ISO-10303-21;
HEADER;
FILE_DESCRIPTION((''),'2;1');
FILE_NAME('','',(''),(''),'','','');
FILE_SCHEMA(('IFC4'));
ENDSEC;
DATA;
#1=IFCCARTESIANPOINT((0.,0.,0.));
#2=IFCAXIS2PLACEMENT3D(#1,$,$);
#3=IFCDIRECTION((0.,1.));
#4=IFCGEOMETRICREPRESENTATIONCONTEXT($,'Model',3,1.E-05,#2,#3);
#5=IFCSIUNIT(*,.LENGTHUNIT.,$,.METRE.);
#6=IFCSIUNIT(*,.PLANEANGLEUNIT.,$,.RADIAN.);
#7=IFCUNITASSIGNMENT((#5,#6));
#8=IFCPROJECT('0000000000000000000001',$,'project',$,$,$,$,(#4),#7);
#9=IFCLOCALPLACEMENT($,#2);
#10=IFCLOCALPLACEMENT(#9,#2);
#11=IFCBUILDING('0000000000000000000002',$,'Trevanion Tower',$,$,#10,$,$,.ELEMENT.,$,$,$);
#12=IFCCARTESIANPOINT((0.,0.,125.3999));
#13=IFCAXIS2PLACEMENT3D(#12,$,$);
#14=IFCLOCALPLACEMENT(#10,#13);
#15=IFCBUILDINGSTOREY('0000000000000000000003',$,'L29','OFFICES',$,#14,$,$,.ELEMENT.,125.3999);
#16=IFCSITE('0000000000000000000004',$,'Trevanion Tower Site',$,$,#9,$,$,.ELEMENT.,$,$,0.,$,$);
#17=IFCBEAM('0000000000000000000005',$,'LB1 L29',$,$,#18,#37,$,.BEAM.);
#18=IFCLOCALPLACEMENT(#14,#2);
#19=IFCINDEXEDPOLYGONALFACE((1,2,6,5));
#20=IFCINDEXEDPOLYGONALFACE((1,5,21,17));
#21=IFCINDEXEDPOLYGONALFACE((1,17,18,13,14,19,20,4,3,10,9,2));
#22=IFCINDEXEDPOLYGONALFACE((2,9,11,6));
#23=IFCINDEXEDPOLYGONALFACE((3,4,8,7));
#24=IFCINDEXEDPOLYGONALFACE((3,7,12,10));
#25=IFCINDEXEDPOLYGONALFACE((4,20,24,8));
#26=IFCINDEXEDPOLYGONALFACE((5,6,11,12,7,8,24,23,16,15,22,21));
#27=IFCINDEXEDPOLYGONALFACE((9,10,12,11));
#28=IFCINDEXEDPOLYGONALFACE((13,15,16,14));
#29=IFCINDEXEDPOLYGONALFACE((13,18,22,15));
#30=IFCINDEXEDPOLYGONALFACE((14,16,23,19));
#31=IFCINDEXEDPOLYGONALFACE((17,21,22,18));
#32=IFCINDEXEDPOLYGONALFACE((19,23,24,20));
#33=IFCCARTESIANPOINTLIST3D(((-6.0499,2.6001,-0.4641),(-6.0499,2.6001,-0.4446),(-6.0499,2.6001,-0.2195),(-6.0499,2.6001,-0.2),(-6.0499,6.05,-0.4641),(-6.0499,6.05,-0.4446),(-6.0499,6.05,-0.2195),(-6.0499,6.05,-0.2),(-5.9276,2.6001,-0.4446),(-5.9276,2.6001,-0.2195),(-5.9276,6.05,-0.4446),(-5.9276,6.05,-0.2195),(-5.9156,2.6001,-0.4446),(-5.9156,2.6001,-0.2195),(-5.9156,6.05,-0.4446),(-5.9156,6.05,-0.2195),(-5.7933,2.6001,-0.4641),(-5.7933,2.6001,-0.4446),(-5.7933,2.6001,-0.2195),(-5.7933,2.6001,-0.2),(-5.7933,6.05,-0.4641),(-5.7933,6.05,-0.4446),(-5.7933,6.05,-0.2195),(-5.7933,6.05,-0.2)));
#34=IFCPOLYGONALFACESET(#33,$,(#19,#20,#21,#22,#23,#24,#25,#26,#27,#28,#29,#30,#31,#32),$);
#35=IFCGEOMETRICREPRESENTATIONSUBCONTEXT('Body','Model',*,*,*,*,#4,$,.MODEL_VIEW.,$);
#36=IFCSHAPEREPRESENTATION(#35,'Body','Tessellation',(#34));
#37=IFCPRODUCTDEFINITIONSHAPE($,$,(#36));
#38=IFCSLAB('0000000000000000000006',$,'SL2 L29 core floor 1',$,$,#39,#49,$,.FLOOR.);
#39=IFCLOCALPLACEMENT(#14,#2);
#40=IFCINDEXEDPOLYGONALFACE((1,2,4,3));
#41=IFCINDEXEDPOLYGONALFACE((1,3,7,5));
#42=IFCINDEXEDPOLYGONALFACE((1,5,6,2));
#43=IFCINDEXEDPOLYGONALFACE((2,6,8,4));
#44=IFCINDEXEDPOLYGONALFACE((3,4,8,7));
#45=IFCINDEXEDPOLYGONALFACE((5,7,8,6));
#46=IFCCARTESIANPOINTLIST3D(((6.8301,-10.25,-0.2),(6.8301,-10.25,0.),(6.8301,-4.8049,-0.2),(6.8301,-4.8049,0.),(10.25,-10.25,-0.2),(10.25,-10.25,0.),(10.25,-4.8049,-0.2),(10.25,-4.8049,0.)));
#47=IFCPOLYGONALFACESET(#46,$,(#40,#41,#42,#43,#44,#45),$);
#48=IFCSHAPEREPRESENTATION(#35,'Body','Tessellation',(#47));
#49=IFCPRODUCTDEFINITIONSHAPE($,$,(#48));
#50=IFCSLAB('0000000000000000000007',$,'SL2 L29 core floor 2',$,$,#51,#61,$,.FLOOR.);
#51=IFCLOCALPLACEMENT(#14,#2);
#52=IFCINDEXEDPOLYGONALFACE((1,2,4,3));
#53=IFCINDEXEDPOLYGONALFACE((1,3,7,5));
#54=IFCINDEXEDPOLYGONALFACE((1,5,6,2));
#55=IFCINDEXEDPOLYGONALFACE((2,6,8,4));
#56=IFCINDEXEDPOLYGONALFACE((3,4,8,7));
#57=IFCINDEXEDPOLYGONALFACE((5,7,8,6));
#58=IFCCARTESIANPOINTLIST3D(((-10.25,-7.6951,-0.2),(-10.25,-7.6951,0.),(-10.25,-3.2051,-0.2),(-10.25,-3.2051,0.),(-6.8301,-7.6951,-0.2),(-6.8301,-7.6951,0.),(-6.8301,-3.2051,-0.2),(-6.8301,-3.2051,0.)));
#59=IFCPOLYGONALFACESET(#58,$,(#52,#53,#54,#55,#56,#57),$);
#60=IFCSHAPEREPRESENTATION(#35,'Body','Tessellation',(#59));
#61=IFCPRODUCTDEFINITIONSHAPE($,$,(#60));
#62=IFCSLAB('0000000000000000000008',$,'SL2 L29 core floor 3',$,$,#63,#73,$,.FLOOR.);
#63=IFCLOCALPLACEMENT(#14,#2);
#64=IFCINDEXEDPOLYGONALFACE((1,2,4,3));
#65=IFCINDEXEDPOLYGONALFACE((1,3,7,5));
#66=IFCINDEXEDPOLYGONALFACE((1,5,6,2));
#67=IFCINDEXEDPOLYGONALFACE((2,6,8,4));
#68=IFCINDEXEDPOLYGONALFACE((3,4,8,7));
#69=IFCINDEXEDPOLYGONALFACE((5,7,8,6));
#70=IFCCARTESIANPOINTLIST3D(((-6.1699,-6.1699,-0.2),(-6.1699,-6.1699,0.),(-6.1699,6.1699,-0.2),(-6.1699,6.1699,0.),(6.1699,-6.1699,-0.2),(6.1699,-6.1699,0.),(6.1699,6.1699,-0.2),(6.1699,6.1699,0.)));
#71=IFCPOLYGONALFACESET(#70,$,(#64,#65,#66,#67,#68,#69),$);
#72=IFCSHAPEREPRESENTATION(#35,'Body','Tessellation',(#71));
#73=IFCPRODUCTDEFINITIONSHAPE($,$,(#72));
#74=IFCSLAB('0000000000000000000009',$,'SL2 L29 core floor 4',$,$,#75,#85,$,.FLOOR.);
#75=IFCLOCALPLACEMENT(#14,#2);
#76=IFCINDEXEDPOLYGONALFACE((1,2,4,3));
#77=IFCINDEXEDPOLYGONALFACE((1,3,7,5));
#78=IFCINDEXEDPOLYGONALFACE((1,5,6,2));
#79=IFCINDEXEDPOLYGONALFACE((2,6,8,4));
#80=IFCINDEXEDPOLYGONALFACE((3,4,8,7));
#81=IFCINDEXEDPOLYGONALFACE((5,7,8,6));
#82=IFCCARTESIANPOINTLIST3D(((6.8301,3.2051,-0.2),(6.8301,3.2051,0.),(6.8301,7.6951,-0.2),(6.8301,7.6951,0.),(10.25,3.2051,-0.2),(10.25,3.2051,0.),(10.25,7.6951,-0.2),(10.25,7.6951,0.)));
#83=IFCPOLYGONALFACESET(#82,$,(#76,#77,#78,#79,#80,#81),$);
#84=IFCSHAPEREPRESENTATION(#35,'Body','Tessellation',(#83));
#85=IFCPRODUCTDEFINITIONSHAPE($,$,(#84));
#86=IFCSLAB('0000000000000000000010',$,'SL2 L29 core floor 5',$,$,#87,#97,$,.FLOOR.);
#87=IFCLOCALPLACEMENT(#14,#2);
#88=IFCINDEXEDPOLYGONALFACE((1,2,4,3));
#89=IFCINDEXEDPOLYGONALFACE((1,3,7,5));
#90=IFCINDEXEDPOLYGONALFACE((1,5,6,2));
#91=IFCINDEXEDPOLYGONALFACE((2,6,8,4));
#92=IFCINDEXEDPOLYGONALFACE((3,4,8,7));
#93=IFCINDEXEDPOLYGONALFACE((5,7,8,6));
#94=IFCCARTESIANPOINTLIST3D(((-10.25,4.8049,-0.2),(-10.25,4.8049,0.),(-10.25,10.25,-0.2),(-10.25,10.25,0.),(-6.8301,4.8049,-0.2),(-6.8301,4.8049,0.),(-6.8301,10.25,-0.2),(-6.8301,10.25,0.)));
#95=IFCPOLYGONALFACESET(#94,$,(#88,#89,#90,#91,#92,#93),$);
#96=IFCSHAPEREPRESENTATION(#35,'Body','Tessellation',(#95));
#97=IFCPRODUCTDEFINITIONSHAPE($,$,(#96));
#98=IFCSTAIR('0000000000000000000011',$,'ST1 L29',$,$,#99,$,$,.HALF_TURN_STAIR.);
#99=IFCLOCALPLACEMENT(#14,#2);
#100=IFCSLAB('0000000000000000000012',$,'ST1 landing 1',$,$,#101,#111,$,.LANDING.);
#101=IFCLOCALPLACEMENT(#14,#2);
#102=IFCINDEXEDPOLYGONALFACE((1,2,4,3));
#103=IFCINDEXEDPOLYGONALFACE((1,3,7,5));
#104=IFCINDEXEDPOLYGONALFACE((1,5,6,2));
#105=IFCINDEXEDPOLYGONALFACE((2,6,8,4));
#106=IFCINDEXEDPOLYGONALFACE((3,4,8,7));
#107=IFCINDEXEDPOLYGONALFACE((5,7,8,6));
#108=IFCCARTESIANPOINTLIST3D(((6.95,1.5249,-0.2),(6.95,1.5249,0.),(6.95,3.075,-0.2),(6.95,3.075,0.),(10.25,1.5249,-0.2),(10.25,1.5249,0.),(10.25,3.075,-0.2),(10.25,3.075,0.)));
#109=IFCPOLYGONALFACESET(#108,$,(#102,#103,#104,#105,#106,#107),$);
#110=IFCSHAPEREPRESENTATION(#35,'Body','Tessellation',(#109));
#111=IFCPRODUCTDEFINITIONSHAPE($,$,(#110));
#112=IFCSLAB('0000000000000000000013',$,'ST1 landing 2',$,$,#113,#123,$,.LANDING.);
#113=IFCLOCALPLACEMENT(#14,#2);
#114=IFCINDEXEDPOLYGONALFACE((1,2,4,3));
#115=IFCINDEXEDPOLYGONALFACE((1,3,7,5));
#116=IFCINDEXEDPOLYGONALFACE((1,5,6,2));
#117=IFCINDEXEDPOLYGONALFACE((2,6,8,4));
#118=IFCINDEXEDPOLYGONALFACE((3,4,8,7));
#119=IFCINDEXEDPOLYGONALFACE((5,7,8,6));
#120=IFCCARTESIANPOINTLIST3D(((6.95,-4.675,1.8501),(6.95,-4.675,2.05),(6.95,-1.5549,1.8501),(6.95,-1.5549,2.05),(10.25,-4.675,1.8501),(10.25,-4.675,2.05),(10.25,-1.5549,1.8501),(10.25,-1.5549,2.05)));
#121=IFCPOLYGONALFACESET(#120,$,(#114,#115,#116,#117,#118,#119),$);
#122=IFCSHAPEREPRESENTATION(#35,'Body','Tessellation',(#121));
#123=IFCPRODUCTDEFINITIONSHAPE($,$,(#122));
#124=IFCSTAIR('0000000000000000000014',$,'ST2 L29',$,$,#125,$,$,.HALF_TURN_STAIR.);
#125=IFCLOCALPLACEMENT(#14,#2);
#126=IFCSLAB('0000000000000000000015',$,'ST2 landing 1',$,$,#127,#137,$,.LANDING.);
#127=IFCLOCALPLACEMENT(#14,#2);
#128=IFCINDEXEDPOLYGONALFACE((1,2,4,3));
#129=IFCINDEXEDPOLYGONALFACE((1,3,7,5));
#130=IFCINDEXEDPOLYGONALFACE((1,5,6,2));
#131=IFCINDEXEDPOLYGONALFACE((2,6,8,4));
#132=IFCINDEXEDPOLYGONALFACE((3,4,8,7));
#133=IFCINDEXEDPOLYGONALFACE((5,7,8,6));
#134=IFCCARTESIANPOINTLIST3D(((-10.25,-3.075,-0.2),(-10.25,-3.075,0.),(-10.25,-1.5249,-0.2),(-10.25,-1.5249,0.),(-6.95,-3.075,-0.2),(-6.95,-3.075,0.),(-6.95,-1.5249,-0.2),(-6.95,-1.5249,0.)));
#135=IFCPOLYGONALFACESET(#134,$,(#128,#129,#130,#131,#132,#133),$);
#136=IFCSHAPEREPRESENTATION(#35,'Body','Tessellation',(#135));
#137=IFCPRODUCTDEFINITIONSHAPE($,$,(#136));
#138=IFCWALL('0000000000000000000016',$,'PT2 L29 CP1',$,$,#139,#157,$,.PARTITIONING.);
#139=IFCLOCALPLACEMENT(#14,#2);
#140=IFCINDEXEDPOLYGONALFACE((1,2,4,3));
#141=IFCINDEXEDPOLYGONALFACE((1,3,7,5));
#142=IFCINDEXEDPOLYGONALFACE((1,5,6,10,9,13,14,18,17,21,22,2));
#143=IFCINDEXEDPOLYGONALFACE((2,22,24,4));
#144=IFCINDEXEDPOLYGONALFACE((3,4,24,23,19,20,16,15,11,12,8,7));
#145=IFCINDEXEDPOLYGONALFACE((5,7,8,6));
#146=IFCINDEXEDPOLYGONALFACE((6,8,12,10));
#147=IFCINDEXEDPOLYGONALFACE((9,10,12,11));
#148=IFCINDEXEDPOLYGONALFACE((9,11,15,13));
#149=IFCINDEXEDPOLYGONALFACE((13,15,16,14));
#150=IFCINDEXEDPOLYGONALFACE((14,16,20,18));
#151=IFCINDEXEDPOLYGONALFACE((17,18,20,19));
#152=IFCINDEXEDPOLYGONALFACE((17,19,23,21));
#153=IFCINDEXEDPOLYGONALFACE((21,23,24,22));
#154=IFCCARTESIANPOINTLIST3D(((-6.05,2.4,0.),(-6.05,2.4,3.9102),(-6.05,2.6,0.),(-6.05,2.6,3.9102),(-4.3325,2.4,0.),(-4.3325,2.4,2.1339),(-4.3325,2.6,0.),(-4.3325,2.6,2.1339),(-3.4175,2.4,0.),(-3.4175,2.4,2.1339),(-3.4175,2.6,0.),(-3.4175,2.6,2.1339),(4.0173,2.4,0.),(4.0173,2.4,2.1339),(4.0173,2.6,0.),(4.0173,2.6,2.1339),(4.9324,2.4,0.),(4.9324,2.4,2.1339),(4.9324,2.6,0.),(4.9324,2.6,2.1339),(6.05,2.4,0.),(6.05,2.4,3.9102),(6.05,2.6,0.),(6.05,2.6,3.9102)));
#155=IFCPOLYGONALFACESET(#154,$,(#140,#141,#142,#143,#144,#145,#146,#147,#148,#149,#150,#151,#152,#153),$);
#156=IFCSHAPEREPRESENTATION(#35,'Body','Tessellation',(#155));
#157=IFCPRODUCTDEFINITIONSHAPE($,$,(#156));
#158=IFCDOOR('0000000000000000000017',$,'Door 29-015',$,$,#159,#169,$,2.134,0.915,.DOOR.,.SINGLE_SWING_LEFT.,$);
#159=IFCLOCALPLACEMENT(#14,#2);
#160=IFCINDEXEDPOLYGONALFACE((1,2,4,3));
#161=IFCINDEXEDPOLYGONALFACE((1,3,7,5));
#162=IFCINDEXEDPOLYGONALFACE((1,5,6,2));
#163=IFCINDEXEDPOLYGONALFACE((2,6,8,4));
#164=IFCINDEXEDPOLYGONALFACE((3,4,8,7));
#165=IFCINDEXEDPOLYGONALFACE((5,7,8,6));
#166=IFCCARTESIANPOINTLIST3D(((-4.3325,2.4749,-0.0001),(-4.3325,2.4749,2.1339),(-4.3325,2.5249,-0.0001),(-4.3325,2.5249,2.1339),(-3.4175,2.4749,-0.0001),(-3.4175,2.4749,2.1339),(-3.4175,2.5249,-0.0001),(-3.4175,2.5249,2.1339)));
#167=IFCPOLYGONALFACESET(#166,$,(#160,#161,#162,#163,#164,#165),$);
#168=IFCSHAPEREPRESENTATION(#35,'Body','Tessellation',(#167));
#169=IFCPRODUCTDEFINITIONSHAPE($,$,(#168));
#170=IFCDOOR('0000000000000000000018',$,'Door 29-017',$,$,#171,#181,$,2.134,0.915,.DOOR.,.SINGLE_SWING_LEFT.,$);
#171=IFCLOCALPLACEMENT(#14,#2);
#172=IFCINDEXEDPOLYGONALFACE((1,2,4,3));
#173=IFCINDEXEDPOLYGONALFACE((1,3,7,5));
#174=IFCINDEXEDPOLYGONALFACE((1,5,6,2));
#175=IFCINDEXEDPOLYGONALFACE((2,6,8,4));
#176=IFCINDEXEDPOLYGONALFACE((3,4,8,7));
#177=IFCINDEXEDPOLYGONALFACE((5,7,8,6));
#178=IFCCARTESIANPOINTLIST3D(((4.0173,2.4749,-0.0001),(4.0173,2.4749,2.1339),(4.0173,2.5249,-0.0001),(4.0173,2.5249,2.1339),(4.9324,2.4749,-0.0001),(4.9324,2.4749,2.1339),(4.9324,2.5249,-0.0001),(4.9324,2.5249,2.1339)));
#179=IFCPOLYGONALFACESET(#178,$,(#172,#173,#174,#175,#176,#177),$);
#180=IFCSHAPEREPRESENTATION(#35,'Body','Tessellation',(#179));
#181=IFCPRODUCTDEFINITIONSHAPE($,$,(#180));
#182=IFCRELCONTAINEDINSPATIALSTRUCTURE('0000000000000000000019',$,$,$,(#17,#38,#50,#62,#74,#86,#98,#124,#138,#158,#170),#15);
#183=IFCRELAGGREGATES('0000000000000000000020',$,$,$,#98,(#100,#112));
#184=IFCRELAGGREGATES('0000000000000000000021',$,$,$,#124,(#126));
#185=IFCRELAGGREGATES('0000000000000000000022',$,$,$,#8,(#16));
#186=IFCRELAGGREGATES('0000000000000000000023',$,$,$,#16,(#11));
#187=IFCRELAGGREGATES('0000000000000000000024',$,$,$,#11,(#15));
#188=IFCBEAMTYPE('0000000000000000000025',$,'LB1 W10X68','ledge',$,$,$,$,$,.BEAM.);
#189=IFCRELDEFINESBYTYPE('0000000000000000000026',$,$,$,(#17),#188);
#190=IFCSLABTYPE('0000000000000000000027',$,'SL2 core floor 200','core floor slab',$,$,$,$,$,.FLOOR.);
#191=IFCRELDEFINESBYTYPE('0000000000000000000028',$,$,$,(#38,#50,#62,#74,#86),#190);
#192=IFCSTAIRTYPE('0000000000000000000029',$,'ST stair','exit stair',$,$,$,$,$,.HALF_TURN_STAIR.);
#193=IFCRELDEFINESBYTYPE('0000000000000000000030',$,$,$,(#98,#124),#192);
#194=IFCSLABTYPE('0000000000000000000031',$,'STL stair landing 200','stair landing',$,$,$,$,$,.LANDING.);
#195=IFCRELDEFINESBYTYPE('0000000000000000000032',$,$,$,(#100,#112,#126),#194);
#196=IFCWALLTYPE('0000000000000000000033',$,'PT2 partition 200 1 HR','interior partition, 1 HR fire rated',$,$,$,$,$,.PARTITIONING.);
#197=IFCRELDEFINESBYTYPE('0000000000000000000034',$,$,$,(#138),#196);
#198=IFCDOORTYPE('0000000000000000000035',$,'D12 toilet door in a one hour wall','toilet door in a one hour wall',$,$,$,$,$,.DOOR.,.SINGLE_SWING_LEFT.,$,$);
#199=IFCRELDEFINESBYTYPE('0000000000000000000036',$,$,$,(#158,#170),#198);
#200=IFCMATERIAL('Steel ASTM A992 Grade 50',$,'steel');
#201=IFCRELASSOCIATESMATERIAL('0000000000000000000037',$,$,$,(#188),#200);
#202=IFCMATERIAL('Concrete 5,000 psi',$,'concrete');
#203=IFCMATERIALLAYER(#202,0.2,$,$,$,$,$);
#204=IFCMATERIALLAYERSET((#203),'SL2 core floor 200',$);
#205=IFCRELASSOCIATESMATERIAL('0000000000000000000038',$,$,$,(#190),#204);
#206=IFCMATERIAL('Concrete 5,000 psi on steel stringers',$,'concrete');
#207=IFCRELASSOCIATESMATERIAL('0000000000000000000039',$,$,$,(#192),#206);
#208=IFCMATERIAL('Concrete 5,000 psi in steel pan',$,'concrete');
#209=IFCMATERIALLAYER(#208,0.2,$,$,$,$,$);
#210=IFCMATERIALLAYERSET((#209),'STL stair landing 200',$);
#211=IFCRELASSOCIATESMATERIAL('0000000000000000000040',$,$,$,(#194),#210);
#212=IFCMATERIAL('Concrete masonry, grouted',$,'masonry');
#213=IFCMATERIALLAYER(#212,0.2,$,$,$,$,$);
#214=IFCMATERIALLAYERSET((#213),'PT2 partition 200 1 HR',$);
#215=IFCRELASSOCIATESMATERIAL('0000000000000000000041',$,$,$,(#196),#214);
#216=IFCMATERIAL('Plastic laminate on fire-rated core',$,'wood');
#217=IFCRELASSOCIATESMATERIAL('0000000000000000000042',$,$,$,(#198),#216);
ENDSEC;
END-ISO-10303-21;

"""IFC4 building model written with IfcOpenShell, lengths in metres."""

from ifc_helpers import new_model, si_unit, direction, frame, frame_2d, origin, origin_2d, place, context, subcontext, project, spatial, polyline, rectangle, i_section, outline, extrude, material, layer, layer_set, material_profile, profile_set, type_object, element, fill, aggregate, save


model = new_model("IFC4")

# Units and contexts
model_context = context("Model", 3, precision=1e-05, world=origin(), true_north=direction((0.0, 1.0)))
body_context = subcontext(model_context, "Body", "Model", "MODEL_VIEW")
ifc_project = project(units=[si_unit("LENGTHUNIT", "METRE"), si_unit("PLANEANGLEUNIT", "RADIAN")], contexts=[model_context])

# Site, building, storey
site_placement = place(None, origin())
site = spatial("IfcSite", under=ifc_project, at=site_placement, Name="Trevanion Tower Site", CompositionType="ELEMENT", RefElevation=0.0)
building_placement = place(site_placement, origin())
building = spatial("IfcBuilding", under=site, at=building_placement, Name="Trevanion Tower", CompositionType="ELEMENT")
storey_placement = place(building_placement, frame((0.0, 0.0, 125.3999)))
storey = spatial("IfcBuildingStorey", under=building, at=storey_placement, Name="L29", Description="OFFICES", CompositionType="ELEMENT", Elevation=125.3999)

# Beam
ifc_material_1 = material(Name="Steel ASTM A992 Grade 50", Category="steel")
ifc_material_profile = material_profile(ifc_material_1, i_section(OverallWidth=0.2566, OverallDepth=0.2642, WebThickness=0.012, FlangeThickness=0.0195, at=origin_2d()), Name="W10X68")
ifc_profile_set = profile_set([ifc_material_profile], Name="Steel ASTM A992 Grade 50")
beam_type = type_object("IfcBeamType", Name="LB1 W10X68", Description="ledge", PredefinedType="BEAM", material=ifc_profile_set)
beam_placement = place(storey_placement, frame((-5.9216, 2.6001, -0.332), z_axis=(0.0, 1.0, 0.0), x_axis=(-1.0, 0.0, 0.0)))
element("IfcBeam", 1, at=beam_placement, inside=storey, type_object=beam_type, Name="LB1 L29", PredefinedType="BEAM", context=body_context, shape_type="SweptSolid", body=[
    extrude(i_section(OverallWidth=0.2566, OverallDepth=0.2642, WebThickness=0.012, FlangeThickness=0.0195, at=origin_2d()), origin(), (0.0, 0.0, 1.0), 3.45),
])

# Slabs
ifc_material_2 = material(Name="Concrete 5,000 psi", Category="concrete")
ifc_layer_1 = layer(ifc_material_2, 0.2)
ifc_layer_set_1 = layer_set([ifc_layer_1], Name="SL2 core floor 200")
slab_type_1 = type_object("IfcSlabType", Name="SL2 core floor 200", Description="core floor slab", PredefinedType="FLOOR", material=ifc_layer_set_1)
slab_1_placement = place(storey_placement, frame((0.0, 0.0, -0.2)))
element("IfcSlab", 2, at=slab_1_placement, inside=storey, type_object=slab_type_1, Name="SL2 L29 core floor 1", PredefinedType="FLOOR", context=body_context, shape_type="SweptSolid", body=[
    extrude(outline(polyline([(10.25, -4.8049), (10.25, -10.25), (6.8301, -10.25), (6.8301, -4.8049), (10.25, -4.8049)])), origin(), (0.0, 0.0, 1.0), 0.2),
])
slab_2_placement = place(storey_placement, frame((0.0, 0.0, -0.2)))
element("IfcSlab", 3, at=slab_2_placement, inside=storey, type_object=slab_type_1, Name="SL2 L29 core floor 2", PredefinedType="FLOOR", context=body_context, shape_type="SweptSolid", body=[
    extrude(outline(polyline([(-6.8301, -3.2051), (-6.8301, -7.6951), (-10.25, -7.6951), (-10.25, -3.2051), (-6.8301, -3.2051)])), origin(), (0.0, 0.0, 1.0), 0.2),
])
slab_3_placement = place(storey_placement, frame((0.0, 0.0, -0.2)))
element("IfcSlab", 4, at=slab_3_placement, inside=storey, type_object=slab_type_1, Name="SL2 L29 core floor 3", PredefinedType="FLOOR", context=body_context, shape_type="SweptSolid", body=[
    extrude(outline(polyline([(6.1699, -6.1699), (-6.1699, -6.1699), (-6.1699, 6.1699), (6.1699, 6.1699), (6.1699, -6.1699)])), origin(), (0.0, 0.0, 1.0), 0.2),
])
slab_4_placement = place(storey_placement, frame((0.0, 0.0, -0.2)))
element("IfcSlab", 5, at=slab_4_placement, inside=storey, type_object=slab_type_1, Name="SL2 L29 core floor 4", PredefinedType="FLOOR", context=body_context, shape_type="SweptSolid", body=[
    extrude(outline(polyline([(6.8301, 3.2051), (6.8301, 7.6951), (10.25, 7.6951), (10.25, 3.2051), (6.8301, 3.2051)])), origin(), (0.0, 0.0, 1.0), 0.2),
])
slab_5_placement = place(storey_placement, frame((0.0, 0.0, -0.2)))
element("IfcSlab", 6, at=slab_5_placement, inside=storey, type_object=slab_type_1, Name="SL2 L29 core floor 5", PredefinedType="FLOOR", context=body_context, shape_type="SweptSolid", body=[
    extrude(outline(polyline([(-6.8301, 4.8049), (-10.25, 4.8049), (-10.25, 10.25), (-6.8301, 10.25), (-6.8301, 4.8049)])), origin(), (0.0, 0.0, 1.0), 0.2),
])

# Stair, slabs
ifc_material_3 = material(Name="Concrete 5,000 psi on steel stringers", Category="concrete")
stair_type = type_object("IfcStairType", Name="ST stair", Description="exit stair", PredefinedType="HALF_TURN_STAIR", material=ifc_material_3)
stair_1_placement = place(storey_placement, origin())
stair_1 = element("IfcStair", 7, at=stair_1_placement, inside=storey, type_object=stair_type, Name="ST1 L29", PredefinedType="HALF_TURN_STAIR")
ifc_material_4 = material(Name="Concrete 5,000 psi in steel pan", Category="concrete")
ifc_layer_2 = layer(ifc_material_4, 0.2)
ifc_layer_set_2 = layer_set([ifc_layer_2], Name="STL stair landing 200")
slab_type_2 = type_object("IfcSlabType", Name="STL stair landing 200", Description="stair landing", PredefinedType="LANDING", material=ifc_layer_set_2)
slab_6_placement = place(storey_placement, frame((0.0, 0.0, -0.2)))
slab_6 = element("IfcSlab", 8, at=slab_6_placement, type_object=slab_type_2, Name="ST1 landing 1", PredefinedType="LANDING", context=body_context, shape_type="SweptSolid", body=[
    extrude(outline(polyline([(6.95, 1.5249), (10.25, 1.5249), (10.25, 3.075), (6.95, 3.075), (6.95, 1.5249)])), origin(), (0.0, 0.0, 1.0), 0.2),
])
slab_7_placement = place(storey_placement, frame((0.0, 0.0, 1.8501)))
slab_7 = element("IfcSlab", 9, at=slab_7_placement, type_object=slab_type_2, Name="ST1 landing 2", PredefinedType="LANDING", context=body_context, shape_type="SweptSolid", body=[
    extrude(outline(polyline([(6.95, -4.675), (10.25, -4.675), (10.25, -1.5549), (6.95, -1.5549), (6.95, -4.675)])), origin(), (0.0, 0.0, 1.0), 0.2),
])
aggregate(stair_1, [slab_6, slab_7])

# Stair, slab
stair_2_placement = place(storey_placement, origin())
stair_2 = element("IfcStair", 10, at=stair_2_placement, inside=storey, type_object=stair_type, Name="ST2 L29", PredefinedType="HALF_TURN_STAIR")
slab_8_placement = place(storey_placement, frame((0.0, 0.0, -0.2)))
slab_8 = element("IfcSlab", 11, at=slab_8_placement, type_object=slab_type_2, Name="ST2 landing 1", PredefinedType="LANDING", context=body_context, shape_type="SweptSolid", body=[
    extrude(outline(polyline([(-6.95, -1.5249), (-10.25, -1.5249), (-10.25, -3.075), (-6.95, -3.075), (-6.95, -1.5249)])), origin(), (0.0, 0.0, 1.0), 0.2),
])

# Wall, openings, doors
ifc_material_5 = material(Name="Concrete masonry, grouted", Category="masonry")
ifc_layer_3 = layer(ifc_material_5, 0.2)
ifc_layer_set_3 = layer_set([ifc_layer_3], Name="PT2 partition 200 1 HR")
wall_type = type_object("IfcWallType", Name="PT2 partition 200 1 HR", Description="interior partition, 1 HR fire rated", PredefinedType="PARTITIONING", material=ifc_layer_set_3)
wall_placement = place(storey_placement, frame((-6.05, 2.5, 0.0), z_axis=(0.0, 0.0, 1.0), x_axis=(1.0, 0.0, 0.0)))
wall = element("IfcWall", 12, at=wall_placement, inside=storey, type_object=wall_type, Name="PT2 L29 CP1", PredefinedType="PARTITIONING", context=body_context, shape_type="SweptSolid", body=[
    extrude(rectangle(XDim=12.1001, YDim=0.2, at=frame_2d((6.05, 0.0))), origin(), (0.0, 0.0, 1.0), 3.9102),
])
opening_1_placement = place(wall_placement, frame((1.7175, 0.0, 0.0)))
opening_1 = element("IfcOpeningElement", 13, at=opening_1_placement, cuts=wall, PredefinedType="OPENING", context=body_context, shape_type="SweptSolid", body=[
    extrude(rectangle(XDim=0.915, YDim=2.134, at=frame_2d((0.4575, 1.0669))), frame((0.0, 0.1099, 0.0), z_axis=(0.0, -1.0, 0.0), x_axis=(1.0, 0.0, 0.0)), (0.0, 0.0, 1.0), 0.22),
])
opening_2_placement = place(wall_placement, frame((10.0674, 0.0, 0.0)))
opening_2 = element("IfcOpeningElement", 14, at=opening_2_placement, cuts=wall, PredefinedType="OPENING", context=body_context, shape_type="SweptSolid", body=[
    extrude(rectangle(XDim=0.915, YDim=2.134, at=frame_2d((0.4575, 1.0669))), frame((0.0, 0.1099, 0.0), z_axis=(0.0, -1.0, 0.0), x_axis=(1.0, 0.0, 0.0)), (0.0, 0.0, 1.0), 0.22),
])
ifc_material_6 = material(Name="Plastic laminate on fire-rated core", Category="wood")
door_type = type_object("IfcDoorType", Name="D12 toilet door in a one hour wall", Description="toilet door in a one hour wall", OperationType="SINGLE_SWING_LEFT", PredefinedType="DOOR", material=ifc_material_6)
door_1_placement = place(opening_1_placement, origin())
door_1 = element("IfcDoor", 15, at=door_1_placement, inside=storey, type_object=door_type, Name="Door 29-015", OperationType="SINGLE_SWING_LEFT", OverallHeight=2.134, OverallWidth=0.915, PredefinedType="DOOR", context=body_context, shape_type="SweptSolid", body=[
    extrude(rectangle(XDim=0.915, YDim=2.134, at=frame_2d((0.4575, 1.0669))), frame((0.0, 0.0249, 0.0), z_axis=(0.0, -1.0, 0.0), x_axis=(1.0, 0.0, 0.0)), (0.0, 0.0, 1.0), 0.05),
])
fill(opening_1, door_1)
door_2_placement = place(opening_2_placement, origin())
door_2 = element("IfcDoor", 16, at=door_2_placement, inside=storey, type_object=door_type, Name="Door 29-017", OperationType="SINGLE_SWING_LEFT", OverallHeight=2.134, OverallWidth=0.915, PredefinedType="DOOR", context=body_context, shape_type="SweptSolid", body=[
    extrude(rectangle(XDim=0.915, YDim=2.134, at=frame_2d((0.4575, 1.0669))), frame((0.0, 0.0249, 0.0), z_axis=(0.0, -1.0, 0.0), x_axis=(1.0, 0.0, 0.0)), (0.0, 0.0, 1.0), 0.05),
])
fill(opening_2, door_2)

aggregate(stair_2, [slab_8])

save(model, "model.ifc")
